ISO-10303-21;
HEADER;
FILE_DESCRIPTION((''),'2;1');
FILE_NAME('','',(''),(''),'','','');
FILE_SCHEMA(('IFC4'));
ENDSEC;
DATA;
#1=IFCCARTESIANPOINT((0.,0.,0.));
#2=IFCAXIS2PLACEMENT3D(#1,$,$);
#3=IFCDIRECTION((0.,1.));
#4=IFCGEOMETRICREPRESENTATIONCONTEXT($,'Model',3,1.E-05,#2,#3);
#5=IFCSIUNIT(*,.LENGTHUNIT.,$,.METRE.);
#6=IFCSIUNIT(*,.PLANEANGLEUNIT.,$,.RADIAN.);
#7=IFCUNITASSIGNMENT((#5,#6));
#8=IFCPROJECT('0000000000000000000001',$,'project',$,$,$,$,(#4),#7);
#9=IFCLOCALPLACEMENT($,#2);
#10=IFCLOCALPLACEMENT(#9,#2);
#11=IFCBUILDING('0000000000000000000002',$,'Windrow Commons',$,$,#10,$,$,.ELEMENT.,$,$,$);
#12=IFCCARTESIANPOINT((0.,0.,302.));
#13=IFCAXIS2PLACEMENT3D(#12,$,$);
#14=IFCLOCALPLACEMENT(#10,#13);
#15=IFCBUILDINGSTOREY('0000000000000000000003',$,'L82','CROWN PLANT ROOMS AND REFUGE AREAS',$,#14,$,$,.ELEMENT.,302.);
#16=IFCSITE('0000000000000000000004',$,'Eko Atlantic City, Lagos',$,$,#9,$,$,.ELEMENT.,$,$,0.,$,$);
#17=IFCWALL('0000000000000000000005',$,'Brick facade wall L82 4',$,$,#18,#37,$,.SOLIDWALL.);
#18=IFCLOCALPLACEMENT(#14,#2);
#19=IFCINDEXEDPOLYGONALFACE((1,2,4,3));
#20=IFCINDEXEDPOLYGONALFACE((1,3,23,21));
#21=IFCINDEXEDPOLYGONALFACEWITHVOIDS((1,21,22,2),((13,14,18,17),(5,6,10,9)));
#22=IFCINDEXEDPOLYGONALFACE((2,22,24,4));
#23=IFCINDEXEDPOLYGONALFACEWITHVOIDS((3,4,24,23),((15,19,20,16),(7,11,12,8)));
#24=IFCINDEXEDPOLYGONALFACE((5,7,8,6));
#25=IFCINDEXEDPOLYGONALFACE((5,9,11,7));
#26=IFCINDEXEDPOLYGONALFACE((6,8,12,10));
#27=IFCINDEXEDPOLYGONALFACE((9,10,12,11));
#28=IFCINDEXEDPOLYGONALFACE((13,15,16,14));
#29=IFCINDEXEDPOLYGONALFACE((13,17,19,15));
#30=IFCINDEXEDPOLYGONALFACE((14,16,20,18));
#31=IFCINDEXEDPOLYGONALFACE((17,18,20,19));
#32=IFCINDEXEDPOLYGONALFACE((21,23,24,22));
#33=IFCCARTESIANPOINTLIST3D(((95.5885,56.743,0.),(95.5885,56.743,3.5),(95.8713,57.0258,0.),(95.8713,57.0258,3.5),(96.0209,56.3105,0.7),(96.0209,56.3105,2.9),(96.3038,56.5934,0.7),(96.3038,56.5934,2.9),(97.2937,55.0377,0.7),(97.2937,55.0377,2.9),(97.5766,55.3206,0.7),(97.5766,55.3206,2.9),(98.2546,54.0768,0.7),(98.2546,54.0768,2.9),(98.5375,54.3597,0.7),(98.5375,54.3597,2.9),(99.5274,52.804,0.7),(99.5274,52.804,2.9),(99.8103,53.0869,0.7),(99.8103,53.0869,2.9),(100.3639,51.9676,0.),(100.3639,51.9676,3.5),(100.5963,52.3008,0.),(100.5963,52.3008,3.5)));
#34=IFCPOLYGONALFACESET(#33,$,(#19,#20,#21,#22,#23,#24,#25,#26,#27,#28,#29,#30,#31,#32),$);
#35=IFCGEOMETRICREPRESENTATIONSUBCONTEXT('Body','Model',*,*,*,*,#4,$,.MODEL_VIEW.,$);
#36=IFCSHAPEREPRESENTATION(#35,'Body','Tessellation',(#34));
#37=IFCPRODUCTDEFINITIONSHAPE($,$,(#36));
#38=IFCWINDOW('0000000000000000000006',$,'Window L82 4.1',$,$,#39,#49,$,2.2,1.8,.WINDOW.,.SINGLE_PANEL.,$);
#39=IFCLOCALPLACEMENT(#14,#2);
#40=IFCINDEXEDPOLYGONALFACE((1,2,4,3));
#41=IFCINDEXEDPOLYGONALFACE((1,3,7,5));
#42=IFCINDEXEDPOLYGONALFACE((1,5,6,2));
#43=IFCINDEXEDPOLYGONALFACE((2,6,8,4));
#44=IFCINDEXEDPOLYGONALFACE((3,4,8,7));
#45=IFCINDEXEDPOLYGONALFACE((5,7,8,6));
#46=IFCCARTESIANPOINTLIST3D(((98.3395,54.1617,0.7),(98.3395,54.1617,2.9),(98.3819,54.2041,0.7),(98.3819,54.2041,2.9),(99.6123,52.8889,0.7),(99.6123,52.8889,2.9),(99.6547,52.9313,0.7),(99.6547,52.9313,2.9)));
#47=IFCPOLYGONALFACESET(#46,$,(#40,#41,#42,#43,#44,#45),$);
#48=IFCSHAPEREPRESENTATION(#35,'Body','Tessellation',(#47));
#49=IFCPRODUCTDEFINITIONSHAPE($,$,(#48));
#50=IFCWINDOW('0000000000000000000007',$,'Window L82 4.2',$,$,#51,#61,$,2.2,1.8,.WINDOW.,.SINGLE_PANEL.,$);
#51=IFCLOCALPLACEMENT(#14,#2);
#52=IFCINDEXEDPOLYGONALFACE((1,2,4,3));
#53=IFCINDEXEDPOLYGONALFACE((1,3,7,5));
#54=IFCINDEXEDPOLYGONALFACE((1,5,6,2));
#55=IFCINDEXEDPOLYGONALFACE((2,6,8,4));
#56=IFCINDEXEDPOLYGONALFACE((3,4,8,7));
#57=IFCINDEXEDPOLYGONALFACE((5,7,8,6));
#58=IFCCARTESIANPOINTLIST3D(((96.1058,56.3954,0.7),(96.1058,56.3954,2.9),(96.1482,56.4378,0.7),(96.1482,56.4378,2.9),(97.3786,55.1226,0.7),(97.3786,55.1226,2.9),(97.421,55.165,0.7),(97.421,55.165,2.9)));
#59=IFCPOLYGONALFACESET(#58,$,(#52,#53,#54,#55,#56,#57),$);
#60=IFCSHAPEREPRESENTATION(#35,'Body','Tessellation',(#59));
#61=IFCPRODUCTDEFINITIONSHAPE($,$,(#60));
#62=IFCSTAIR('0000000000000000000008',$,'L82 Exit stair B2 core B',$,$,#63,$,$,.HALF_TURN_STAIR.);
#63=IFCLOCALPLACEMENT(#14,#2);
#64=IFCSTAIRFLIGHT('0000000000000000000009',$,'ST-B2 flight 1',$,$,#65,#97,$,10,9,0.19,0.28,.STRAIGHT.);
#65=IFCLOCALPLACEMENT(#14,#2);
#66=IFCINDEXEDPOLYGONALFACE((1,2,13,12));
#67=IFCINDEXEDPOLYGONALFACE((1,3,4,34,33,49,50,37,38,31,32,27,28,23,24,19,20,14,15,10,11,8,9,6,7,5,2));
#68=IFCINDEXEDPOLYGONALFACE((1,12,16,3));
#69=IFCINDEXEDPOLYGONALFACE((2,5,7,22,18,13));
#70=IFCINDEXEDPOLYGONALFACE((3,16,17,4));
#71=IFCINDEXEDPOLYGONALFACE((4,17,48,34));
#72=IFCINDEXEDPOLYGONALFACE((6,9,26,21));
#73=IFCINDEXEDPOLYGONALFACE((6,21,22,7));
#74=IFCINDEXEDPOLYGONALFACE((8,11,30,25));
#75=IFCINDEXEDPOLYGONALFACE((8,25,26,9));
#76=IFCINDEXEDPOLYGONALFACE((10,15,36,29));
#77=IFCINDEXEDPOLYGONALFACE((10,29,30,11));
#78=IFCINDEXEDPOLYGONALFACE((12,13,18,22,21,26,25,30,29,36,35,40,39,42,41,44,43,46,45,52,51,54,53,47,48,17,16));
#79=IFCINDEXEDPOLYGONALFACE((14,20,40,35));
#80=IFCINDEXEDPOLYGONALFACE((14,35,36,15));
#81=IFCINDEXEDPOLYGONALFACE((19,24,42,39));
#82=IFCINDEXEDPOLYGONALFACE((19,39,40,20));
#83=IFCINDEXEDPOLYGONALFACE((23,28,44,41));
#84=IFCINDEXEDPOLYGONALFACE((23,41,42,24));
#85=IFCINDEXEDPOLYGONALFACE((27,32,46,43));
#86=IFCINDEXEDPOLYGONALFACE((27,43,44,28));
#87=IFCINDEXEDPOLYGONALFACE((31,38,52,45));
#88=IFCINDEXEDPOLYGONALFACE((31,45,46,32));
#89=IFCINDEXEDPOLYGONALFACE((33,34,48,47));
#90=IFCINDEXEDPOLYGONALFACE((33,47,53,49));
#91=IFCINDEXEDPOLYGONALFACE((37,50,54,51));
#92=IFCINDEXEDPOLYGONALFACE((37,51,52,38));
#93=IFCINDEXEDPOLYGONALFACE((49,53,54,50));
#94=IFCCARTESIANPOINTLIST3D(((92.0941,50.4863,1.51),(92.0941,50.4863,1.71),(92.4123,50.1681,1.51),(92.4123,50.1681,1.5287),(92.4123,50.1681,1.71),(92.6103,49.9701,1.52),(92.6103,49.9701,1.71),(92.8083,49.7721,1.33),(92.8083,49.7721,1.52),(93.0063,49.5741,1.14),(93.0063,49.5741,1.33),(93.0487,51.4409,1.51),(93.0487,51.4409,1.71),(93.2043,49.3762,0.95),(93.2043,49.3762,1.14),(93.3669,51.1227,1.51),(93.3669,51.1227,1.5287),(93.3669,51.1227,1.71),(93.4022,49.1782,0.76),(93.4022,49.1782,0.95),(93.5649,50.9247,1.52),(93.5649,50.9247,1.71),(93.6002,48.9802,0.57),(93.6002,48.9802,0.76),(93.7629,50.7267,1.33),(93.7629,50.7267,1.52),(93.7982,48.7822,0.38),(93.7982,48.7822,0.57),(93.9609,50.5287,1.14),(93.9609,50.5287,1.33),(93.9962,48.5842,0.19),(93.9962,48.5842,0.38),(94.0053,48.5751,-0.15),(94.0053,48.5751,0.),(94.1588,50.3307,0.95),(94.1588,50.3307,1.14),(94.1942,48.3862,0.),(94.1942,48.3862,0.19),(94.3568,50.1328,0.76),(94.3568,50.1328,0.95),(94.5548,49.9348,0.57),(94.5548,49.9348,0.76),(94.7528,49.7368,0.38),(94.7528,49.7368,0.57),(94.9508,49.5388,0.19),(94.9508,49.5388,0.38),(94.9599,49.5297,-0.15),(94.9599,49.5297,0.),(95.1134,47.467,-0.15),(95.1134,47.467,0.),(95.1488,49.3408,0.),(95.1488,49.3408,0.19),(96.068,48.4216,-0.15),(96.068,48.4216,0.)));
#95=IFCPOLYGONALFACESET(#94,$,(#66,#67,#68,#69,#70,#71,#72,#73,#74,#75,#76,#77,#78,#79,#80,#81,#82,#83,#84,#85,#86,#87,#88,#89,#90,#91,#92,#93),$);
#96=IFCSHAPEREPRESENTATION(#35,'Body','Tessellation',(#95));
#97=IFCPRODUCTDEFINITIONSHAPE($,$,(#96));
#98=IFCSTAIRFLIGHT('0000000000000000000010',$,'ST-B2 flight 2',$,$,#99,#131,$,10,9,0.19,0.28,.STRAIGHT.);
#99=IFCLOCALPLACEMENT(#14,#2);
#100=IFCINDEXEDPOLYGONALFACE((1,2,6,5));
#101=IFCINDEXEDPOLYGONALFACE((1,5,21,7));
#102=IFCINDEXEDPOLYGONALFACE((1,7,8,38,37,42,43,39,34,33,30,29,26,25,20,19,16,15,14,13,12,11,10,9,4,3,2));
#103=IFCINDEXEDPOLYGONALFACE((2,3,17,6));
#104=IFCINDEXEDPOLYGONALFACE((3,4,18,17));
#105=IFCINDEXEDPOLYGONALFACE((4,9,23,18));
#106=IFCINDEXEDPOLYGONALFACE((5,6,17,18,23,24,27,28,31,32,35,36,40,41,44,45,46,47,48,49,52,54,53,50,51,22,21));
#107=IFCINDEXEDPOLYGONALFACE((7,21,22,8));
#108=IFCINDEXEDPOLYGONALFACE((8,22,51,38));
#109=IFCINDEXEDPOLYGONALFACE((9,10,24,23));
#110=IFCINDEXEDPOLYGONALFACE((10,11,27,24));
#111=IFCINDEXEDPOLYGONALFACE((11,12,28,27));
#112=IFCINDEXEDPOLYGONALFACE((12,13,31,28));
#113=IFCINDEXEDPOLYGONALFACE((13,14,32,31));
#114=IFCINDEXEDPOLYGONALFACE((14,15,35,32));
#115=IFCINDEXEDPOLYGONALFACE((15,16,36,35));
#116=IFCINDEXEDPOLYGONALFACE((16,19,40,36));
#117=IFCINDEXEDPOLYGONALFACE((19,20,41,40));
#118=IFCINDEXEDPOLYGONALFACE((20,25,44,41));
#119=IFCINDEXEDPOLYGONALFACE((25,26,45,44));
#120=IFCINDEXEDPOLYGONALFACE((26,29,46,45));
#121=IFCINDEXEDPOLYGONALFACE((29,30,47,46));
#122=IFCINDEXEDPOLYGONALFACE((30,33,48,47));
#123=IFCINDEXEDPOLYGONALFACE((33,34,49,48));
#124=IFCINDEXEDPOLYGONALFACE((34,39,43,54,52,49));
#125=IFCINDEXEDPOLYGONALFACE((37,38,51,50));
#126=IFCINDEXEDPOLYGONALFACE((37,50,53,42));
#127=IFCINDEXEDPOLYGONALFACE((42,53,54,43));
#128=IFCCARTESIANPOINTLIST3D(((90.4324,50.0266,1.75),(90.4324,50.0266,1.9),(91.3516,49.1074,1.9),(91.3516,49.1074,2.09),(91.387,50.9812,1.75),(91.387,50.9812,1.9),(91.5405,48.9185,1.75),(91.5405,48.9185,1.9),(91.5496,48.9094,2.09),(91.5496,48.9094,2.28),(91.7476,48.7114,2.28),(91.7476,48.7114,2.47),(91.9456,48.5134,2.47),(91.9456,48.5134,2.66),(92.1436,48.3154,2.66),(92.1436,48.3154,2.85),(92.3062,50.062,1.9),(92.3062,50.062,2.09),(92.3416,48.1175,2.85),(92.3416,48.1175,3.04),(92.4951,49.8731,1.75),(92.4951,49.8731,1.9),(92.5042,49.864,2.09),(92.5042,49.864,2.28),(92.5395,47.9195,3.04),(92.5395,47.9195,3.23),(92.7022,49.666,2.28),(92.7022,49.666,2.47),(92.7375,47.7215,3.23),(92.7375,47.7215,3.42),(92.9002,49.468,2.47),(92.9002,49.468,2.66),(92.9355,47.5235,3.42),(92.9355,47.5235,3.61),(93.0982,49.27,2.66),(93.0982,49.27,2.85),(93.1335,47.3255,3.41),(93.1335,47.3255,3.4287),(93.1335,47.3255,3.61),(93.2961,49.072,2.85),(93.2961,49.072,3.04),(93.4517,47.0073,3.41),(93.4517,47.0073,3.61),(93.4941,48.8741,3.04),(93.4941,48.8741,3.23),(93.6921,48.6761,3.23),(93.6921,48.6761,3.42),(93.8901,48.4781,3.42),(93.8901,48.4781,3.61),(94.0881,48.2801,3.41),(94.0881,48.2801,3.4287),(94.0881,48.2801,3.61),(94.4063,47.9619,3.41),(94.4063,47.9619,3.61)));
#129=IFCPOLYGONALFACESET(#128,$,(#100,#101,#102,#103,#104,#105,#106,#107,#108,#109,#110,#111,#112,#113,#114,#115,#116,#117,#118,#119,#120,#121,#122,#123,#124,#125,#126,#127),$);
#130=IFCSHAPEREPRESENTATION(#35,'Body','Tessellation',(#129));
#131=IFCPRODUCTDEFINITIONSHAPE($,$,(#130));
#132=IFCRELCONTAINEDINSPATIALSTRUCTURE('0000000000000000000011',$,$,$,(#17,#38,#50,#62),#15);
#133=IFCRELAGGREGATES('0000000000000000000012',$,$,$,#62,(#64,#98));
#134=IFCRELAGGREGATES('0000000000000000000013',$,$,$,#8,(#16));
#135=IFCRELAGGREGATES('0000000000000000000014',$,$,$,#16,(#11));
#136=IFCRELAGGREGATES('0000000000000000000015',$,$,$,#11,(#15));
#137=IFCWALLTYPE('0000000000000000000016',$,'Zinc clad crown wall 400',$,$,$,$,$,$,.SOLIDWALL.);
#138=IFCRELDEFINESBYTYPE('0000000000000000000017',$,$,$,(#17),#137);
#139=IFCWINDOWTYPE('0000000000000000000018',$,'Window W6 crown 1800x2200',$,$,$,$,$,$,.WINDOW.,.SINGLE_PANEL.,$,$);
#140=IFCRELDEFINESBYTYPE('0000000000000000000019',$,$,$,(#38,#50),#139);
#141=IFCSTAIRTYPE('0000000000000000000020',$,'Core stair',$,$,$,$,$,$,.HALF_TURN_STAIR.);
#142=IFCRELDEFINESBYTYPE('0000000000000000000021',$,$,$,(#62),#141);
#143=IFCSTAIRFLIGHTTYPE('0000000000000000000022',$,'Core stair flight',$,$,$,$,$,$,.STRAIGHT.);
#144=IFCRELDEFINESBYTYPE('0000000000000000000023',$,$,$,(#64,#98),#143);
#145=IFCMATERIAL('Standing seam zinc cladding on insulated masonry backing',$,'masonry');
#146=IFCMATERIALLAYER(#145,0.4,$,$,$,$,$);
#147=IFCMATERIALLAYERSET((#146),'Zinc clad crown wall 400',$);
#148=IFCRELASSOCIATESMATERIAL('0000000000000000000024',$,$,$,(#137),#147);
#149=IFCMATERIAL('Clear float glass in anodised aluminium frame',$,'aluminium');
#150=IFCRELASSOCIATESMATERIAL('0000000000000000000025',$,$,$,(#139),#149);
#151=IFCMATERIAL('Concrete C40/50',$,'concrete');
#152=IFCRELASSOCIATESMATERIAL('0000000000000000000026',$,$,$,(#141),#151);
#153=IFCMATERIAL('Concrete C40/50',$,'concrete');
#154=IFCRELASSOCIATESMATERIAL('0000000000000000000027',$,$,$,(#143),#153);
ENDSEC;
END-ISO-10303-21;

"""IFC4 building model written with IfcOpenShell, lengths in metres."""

from ifc_helpers import new_model, si_unit, direction, frame, frame_2d, origin, place, context, subcontext, project, spatial, polyline, rectangle, outline, extrude, material, layer, layer_set, type_object, element, fill, aggregate, save


model = new_model("IFC4")

# Units and contexts
model_context = context("Model", 3, precision=1e-05, world=origin(), true_north=direction((0.0, 1.0)))
body_context = subcontext(model_context, "Body", "Model", "MODEL_VIEW")
ifc_project = project(units=[si_unit("LENGTHUNIT", "METRE"), si_unit("PLANEANGLEUNIT", "RADIAN")], contexts=[model_context])

# Site, building, storey
site_placement = place(None, origin())
site = spatial("IfcSite", under=ifc_project, at=site_placement, Name="Eko Atlantic City, Lagos", CompositionType="ELEMENT", RefElevation=0.0)
building_placement = place(site_placement, origin())
building = spatial("IfcBuilding", under=site, at=building_placement, Name="Windrow Commons", CompositionType="ELEMENT")
storey_placement = place(building_placement, frame((0.0, 0.0, 302.0)))
storey = spatial("IfcBuildingStorey", under=building, at=storey_placement, Name="L82", Description="CROWN PLANT ROOMS AND REFUGE AREAS", CompositionType="ELEMENT", Elevation=302.0)

# Shared definitions
ifc_material_1 = material(Name="Standing seam zinc cladding on insulated masonry backing", Category="masonry")
ifc_layer_1 = layer(ifc_material_1, 0.4)
ifc_layer_set_1 = layer_set([ifc_layer_1], Name="Zinc clad crown wall 400")
wall_type_1 = type_object("IfcWallType", Name="Zinc clad crown wall 400", PredefinedType="SOLIDWALL", material=ifc_layer_set_1)
ifc_material_2 = material(Name="Clear float glass in anodised aluminium frame", Category="aluminium")
window_type = type_object("IfcWindowType", Name="Window W6 crown 1800x2200", PartitioningType="SINGLE_PANEL", PredefinedType="WINDOW", material=ifc_material_2)

# Wall, openings, windows
wall_1_placement = place(storey_placement, frame((100.4801, 52.1342, 0.0), z_axis=(0.0, 0.0, 1.0), x_axis=(-0.707107, 0.707107, 0.0)))
wall_1 = element("IfcWall", 1, at=wall_1_placement, inside=storey, type_object=wall_type_1, Name="Brick facade wall L82 4", PredefinedType="SOLIDWALL", context=body_context, shape_type="SweptSolid", body=[
    extrude(outline(polyline([(0.0356, -0.2), (6.7178, -0.2), (6.7178, 0.2), (-0.0356, 0.2), (0.0356, -0.2)])), origin(), (0.0, 0.0, 1.0), 3.5),
])
opening_1_placement = place(wall_1_placement, frame((1.1473, 0.0, 0.7)))
opening_1 = element("IfcOpeningElement", 2, at=opening_1_placement, cuts=wall_1, PredefinedType="OPENING", context=body_context, shape_type="SweptSolid", body=[
    extrude(rectangle(XDim=1.8, YDim=2.2, at=frame_2d((0.9, 1.1))), frame((0.0, 0.21, 0.0), z_axis=(0.0, -1.0, 0.0), x_axis=(1.0, 0.0, 0.0)), (0.0, 0.0, 1.0), 0.42),
])
opening_2_placement = place(wall_1_placement, frame((4.3062, 0.0, 0.7)))
opening_2 = element("IfcOpeningElement", 3, at=opening_2_placement, cuts=wall_1, PredefinedType="OPENING", context=body_context, shape_type="SweptSolid", body=[
    extrude(rectangle(XDim=1.8, YDim=2.2, at=frame_2d((0.9, 1.1))), frame((0.0, 0.21, 0.0), z_axis=(0.0, -1.0, 0.0), x_axis=(1.0, 0.0, 0.0)), (0.0, 0.0, 1.0), 0.42),
])
window_1_placement = place(opening_1_placement, origin())
window_1 = element("IfcWindow", 4, at=window_1_placement, inside=storey, type_object=window_type, Name="Window L82 4.1", OverallHeight=2.2, OverallWidth=1.8, PartitioningType="SINGLE_PANEL", PredefinedType="WINDOW", context=body_context, shape_type="SweptSolid", body=[
    extrude(rectangle(XDim=1.8, YDim=2.2, at=frame_2d((0.9, 1.1))), frame((0.0, 0.08, 0.0), z_axis=(0.0, -1.0, 0.0), x_axis=(1.0, 0.0, 0.0)), (0.0, 0.0, 1.0), 0.06),
])
fill(opening_1, window_1)
window_2_placement = place(opening_2_placement, origin())
window_2 = element("IfcWindow", 5, at=window_2_placement, inside=storey, type_object=window_type, Name="Window L82 4.2", OverallHeight=2.2, OverallWidth=1.8, PartitioningType="SINGLE_PANEL", PredefinedType="WINDOW", context=body_context, shape_type="SweptSolid", body=[
    extrude(rectangle(XDim=1.8, YDim=2.2, at=frame_2d((0.9, 1.1))), frame((0.0, 0.08, 0.0), z_axis=(0.0, -1.0, 0.0), x_axis=(1.0, 0.0, 0.0)), (0.0, 0.0, 1.0), 0.06),
])
fill(opening_2, window_2)

# Stair, stair flights
ifc_material_3 = material(Name="Concrete C40/50", Category="concrete")
stair_type = type_object("IfcStairType", Name="Core stair", PredefinedType="HALF_TURN_STAIR", material=ifc_material_3)
stair_placement = place(storey_placement, origin())
stair = element("IfcStair", 6, at=stair_placement, inside=storey, type_object=stair_type, Name="L82 Exit stair B2 core B", PredefinedType="HALF_TURN_STAIR")
ifc_material_4 = material(Name="Concrete C40/50", Category="concrete")
stair_flight_type = type_object("IfcStairFlightType", Name="Core stair flight", PredefinedType="STRAIGHT", material=ifc_material_4)
stair_flight_1_placement = place(storey_placement, frame((94.6715, 48.8635, 0.0), z_axis=(0.0, 0.0, 1.0), x_axis=(-0.707107, 0.707107, 0.0)))
stair_flight_1 = element("IfcStairFlight", 7, at=stair_flight_1_placement, type_object=stair_flight_type, Name="ST-B2 flight 1", NumberOfRisers=10, NumberOfTreads=9, PredefinedType="STRAIGHT", RiserHeight=0.19, TreadLength=0.28, context=body_context, shape_type="SweptSolid", body=[
    extrude(outline(polyline([(-1.3, -0.15), (-1.3, 0.0), (0.0, 0.0), (0.0, 0.19), (0.28, 0.19), (0.28, 0.38), (0.56, 0.38), (0.56, 0.57), (0.84, 0.57), (0.84, 0.76), (1.12, 0.76), (1.12, 0.95), (1.4, 0.95), (1.4, 1.14), (1.68, 1.14), (1.68, 1.33), (1.96, 1.33), (1.96, 1.52), (2.24, 1.52), (2.24, 1.71), (2.52, 1.71), (2.97, 1.71), (2.97, 1.51), (2.52, 1.51), (2.52, 1.5287), (0.2671, 0.0), (0.2671, -0.15), (-1.3, -0.15)])), frame((0.0, 0.675, 0.0), z_axis=(0.0, -1.0, 0.0), x_axis=(1.0, 0.0, 0.0)), (0.0, 0.0, 1.0), 1.35),
])
stair_flight_2_placement = place(storey_placement, frame((91.8289, 49.5847, 1.9), z_axis=(0.0, 0.0, 1.0), x_axis=(0.707107, -0.707107, 0.0)))
stair_flight_2 = element("IfcStairFlight", 8, at=stair_flight_2_placement, type_object=stair_flight_type, Name="ST-B2 flight 2", NumberOfRisers=10, NumberOfTreads=9, PredefinedType="STRAIGHT", RiserHeight=0.19, TreadLength=0.28, context=body_context, shape_type="SweptSolid", body=[
    extrude(outline(polyline([(-1.3, -0.15), (-1.3, 0.0), (0.0, 0.0), (0.0, 0.19), (0.28, 0.19), (0.28, 0.38), (0.56, 0.38), (0.56, 0.57), (0.84, 0.57), (0.84, 0.76), (1.12, 0.76), (1.12, 0.95), (1.4, 0.95), (1.4, 1.14), (1.68, 1.14), (1.68, 1.33), (1.96, 1.33), (1.96, 1.52), (2.24, 1.52), (2.24, 1.71), (2.52, 1.71), (2.97, 1.71), (2.97, 1.51), (2.52, 1.51), (2.52, 1.5287), (0.2671, 0.0), (0.2671, -0.15), (-1.3, -0.15)])), frame((0.0, 0.675, 0.0), z_axis=(0.0, -1.0, 0.0), x_axis=(1.0, 0.0, 0.0)), (0.0, 0.0, 1.0), 1.35),
])
aggregate(stair, [stair_flight_1, stair_flight_2])

save(model, "model.ifc")
